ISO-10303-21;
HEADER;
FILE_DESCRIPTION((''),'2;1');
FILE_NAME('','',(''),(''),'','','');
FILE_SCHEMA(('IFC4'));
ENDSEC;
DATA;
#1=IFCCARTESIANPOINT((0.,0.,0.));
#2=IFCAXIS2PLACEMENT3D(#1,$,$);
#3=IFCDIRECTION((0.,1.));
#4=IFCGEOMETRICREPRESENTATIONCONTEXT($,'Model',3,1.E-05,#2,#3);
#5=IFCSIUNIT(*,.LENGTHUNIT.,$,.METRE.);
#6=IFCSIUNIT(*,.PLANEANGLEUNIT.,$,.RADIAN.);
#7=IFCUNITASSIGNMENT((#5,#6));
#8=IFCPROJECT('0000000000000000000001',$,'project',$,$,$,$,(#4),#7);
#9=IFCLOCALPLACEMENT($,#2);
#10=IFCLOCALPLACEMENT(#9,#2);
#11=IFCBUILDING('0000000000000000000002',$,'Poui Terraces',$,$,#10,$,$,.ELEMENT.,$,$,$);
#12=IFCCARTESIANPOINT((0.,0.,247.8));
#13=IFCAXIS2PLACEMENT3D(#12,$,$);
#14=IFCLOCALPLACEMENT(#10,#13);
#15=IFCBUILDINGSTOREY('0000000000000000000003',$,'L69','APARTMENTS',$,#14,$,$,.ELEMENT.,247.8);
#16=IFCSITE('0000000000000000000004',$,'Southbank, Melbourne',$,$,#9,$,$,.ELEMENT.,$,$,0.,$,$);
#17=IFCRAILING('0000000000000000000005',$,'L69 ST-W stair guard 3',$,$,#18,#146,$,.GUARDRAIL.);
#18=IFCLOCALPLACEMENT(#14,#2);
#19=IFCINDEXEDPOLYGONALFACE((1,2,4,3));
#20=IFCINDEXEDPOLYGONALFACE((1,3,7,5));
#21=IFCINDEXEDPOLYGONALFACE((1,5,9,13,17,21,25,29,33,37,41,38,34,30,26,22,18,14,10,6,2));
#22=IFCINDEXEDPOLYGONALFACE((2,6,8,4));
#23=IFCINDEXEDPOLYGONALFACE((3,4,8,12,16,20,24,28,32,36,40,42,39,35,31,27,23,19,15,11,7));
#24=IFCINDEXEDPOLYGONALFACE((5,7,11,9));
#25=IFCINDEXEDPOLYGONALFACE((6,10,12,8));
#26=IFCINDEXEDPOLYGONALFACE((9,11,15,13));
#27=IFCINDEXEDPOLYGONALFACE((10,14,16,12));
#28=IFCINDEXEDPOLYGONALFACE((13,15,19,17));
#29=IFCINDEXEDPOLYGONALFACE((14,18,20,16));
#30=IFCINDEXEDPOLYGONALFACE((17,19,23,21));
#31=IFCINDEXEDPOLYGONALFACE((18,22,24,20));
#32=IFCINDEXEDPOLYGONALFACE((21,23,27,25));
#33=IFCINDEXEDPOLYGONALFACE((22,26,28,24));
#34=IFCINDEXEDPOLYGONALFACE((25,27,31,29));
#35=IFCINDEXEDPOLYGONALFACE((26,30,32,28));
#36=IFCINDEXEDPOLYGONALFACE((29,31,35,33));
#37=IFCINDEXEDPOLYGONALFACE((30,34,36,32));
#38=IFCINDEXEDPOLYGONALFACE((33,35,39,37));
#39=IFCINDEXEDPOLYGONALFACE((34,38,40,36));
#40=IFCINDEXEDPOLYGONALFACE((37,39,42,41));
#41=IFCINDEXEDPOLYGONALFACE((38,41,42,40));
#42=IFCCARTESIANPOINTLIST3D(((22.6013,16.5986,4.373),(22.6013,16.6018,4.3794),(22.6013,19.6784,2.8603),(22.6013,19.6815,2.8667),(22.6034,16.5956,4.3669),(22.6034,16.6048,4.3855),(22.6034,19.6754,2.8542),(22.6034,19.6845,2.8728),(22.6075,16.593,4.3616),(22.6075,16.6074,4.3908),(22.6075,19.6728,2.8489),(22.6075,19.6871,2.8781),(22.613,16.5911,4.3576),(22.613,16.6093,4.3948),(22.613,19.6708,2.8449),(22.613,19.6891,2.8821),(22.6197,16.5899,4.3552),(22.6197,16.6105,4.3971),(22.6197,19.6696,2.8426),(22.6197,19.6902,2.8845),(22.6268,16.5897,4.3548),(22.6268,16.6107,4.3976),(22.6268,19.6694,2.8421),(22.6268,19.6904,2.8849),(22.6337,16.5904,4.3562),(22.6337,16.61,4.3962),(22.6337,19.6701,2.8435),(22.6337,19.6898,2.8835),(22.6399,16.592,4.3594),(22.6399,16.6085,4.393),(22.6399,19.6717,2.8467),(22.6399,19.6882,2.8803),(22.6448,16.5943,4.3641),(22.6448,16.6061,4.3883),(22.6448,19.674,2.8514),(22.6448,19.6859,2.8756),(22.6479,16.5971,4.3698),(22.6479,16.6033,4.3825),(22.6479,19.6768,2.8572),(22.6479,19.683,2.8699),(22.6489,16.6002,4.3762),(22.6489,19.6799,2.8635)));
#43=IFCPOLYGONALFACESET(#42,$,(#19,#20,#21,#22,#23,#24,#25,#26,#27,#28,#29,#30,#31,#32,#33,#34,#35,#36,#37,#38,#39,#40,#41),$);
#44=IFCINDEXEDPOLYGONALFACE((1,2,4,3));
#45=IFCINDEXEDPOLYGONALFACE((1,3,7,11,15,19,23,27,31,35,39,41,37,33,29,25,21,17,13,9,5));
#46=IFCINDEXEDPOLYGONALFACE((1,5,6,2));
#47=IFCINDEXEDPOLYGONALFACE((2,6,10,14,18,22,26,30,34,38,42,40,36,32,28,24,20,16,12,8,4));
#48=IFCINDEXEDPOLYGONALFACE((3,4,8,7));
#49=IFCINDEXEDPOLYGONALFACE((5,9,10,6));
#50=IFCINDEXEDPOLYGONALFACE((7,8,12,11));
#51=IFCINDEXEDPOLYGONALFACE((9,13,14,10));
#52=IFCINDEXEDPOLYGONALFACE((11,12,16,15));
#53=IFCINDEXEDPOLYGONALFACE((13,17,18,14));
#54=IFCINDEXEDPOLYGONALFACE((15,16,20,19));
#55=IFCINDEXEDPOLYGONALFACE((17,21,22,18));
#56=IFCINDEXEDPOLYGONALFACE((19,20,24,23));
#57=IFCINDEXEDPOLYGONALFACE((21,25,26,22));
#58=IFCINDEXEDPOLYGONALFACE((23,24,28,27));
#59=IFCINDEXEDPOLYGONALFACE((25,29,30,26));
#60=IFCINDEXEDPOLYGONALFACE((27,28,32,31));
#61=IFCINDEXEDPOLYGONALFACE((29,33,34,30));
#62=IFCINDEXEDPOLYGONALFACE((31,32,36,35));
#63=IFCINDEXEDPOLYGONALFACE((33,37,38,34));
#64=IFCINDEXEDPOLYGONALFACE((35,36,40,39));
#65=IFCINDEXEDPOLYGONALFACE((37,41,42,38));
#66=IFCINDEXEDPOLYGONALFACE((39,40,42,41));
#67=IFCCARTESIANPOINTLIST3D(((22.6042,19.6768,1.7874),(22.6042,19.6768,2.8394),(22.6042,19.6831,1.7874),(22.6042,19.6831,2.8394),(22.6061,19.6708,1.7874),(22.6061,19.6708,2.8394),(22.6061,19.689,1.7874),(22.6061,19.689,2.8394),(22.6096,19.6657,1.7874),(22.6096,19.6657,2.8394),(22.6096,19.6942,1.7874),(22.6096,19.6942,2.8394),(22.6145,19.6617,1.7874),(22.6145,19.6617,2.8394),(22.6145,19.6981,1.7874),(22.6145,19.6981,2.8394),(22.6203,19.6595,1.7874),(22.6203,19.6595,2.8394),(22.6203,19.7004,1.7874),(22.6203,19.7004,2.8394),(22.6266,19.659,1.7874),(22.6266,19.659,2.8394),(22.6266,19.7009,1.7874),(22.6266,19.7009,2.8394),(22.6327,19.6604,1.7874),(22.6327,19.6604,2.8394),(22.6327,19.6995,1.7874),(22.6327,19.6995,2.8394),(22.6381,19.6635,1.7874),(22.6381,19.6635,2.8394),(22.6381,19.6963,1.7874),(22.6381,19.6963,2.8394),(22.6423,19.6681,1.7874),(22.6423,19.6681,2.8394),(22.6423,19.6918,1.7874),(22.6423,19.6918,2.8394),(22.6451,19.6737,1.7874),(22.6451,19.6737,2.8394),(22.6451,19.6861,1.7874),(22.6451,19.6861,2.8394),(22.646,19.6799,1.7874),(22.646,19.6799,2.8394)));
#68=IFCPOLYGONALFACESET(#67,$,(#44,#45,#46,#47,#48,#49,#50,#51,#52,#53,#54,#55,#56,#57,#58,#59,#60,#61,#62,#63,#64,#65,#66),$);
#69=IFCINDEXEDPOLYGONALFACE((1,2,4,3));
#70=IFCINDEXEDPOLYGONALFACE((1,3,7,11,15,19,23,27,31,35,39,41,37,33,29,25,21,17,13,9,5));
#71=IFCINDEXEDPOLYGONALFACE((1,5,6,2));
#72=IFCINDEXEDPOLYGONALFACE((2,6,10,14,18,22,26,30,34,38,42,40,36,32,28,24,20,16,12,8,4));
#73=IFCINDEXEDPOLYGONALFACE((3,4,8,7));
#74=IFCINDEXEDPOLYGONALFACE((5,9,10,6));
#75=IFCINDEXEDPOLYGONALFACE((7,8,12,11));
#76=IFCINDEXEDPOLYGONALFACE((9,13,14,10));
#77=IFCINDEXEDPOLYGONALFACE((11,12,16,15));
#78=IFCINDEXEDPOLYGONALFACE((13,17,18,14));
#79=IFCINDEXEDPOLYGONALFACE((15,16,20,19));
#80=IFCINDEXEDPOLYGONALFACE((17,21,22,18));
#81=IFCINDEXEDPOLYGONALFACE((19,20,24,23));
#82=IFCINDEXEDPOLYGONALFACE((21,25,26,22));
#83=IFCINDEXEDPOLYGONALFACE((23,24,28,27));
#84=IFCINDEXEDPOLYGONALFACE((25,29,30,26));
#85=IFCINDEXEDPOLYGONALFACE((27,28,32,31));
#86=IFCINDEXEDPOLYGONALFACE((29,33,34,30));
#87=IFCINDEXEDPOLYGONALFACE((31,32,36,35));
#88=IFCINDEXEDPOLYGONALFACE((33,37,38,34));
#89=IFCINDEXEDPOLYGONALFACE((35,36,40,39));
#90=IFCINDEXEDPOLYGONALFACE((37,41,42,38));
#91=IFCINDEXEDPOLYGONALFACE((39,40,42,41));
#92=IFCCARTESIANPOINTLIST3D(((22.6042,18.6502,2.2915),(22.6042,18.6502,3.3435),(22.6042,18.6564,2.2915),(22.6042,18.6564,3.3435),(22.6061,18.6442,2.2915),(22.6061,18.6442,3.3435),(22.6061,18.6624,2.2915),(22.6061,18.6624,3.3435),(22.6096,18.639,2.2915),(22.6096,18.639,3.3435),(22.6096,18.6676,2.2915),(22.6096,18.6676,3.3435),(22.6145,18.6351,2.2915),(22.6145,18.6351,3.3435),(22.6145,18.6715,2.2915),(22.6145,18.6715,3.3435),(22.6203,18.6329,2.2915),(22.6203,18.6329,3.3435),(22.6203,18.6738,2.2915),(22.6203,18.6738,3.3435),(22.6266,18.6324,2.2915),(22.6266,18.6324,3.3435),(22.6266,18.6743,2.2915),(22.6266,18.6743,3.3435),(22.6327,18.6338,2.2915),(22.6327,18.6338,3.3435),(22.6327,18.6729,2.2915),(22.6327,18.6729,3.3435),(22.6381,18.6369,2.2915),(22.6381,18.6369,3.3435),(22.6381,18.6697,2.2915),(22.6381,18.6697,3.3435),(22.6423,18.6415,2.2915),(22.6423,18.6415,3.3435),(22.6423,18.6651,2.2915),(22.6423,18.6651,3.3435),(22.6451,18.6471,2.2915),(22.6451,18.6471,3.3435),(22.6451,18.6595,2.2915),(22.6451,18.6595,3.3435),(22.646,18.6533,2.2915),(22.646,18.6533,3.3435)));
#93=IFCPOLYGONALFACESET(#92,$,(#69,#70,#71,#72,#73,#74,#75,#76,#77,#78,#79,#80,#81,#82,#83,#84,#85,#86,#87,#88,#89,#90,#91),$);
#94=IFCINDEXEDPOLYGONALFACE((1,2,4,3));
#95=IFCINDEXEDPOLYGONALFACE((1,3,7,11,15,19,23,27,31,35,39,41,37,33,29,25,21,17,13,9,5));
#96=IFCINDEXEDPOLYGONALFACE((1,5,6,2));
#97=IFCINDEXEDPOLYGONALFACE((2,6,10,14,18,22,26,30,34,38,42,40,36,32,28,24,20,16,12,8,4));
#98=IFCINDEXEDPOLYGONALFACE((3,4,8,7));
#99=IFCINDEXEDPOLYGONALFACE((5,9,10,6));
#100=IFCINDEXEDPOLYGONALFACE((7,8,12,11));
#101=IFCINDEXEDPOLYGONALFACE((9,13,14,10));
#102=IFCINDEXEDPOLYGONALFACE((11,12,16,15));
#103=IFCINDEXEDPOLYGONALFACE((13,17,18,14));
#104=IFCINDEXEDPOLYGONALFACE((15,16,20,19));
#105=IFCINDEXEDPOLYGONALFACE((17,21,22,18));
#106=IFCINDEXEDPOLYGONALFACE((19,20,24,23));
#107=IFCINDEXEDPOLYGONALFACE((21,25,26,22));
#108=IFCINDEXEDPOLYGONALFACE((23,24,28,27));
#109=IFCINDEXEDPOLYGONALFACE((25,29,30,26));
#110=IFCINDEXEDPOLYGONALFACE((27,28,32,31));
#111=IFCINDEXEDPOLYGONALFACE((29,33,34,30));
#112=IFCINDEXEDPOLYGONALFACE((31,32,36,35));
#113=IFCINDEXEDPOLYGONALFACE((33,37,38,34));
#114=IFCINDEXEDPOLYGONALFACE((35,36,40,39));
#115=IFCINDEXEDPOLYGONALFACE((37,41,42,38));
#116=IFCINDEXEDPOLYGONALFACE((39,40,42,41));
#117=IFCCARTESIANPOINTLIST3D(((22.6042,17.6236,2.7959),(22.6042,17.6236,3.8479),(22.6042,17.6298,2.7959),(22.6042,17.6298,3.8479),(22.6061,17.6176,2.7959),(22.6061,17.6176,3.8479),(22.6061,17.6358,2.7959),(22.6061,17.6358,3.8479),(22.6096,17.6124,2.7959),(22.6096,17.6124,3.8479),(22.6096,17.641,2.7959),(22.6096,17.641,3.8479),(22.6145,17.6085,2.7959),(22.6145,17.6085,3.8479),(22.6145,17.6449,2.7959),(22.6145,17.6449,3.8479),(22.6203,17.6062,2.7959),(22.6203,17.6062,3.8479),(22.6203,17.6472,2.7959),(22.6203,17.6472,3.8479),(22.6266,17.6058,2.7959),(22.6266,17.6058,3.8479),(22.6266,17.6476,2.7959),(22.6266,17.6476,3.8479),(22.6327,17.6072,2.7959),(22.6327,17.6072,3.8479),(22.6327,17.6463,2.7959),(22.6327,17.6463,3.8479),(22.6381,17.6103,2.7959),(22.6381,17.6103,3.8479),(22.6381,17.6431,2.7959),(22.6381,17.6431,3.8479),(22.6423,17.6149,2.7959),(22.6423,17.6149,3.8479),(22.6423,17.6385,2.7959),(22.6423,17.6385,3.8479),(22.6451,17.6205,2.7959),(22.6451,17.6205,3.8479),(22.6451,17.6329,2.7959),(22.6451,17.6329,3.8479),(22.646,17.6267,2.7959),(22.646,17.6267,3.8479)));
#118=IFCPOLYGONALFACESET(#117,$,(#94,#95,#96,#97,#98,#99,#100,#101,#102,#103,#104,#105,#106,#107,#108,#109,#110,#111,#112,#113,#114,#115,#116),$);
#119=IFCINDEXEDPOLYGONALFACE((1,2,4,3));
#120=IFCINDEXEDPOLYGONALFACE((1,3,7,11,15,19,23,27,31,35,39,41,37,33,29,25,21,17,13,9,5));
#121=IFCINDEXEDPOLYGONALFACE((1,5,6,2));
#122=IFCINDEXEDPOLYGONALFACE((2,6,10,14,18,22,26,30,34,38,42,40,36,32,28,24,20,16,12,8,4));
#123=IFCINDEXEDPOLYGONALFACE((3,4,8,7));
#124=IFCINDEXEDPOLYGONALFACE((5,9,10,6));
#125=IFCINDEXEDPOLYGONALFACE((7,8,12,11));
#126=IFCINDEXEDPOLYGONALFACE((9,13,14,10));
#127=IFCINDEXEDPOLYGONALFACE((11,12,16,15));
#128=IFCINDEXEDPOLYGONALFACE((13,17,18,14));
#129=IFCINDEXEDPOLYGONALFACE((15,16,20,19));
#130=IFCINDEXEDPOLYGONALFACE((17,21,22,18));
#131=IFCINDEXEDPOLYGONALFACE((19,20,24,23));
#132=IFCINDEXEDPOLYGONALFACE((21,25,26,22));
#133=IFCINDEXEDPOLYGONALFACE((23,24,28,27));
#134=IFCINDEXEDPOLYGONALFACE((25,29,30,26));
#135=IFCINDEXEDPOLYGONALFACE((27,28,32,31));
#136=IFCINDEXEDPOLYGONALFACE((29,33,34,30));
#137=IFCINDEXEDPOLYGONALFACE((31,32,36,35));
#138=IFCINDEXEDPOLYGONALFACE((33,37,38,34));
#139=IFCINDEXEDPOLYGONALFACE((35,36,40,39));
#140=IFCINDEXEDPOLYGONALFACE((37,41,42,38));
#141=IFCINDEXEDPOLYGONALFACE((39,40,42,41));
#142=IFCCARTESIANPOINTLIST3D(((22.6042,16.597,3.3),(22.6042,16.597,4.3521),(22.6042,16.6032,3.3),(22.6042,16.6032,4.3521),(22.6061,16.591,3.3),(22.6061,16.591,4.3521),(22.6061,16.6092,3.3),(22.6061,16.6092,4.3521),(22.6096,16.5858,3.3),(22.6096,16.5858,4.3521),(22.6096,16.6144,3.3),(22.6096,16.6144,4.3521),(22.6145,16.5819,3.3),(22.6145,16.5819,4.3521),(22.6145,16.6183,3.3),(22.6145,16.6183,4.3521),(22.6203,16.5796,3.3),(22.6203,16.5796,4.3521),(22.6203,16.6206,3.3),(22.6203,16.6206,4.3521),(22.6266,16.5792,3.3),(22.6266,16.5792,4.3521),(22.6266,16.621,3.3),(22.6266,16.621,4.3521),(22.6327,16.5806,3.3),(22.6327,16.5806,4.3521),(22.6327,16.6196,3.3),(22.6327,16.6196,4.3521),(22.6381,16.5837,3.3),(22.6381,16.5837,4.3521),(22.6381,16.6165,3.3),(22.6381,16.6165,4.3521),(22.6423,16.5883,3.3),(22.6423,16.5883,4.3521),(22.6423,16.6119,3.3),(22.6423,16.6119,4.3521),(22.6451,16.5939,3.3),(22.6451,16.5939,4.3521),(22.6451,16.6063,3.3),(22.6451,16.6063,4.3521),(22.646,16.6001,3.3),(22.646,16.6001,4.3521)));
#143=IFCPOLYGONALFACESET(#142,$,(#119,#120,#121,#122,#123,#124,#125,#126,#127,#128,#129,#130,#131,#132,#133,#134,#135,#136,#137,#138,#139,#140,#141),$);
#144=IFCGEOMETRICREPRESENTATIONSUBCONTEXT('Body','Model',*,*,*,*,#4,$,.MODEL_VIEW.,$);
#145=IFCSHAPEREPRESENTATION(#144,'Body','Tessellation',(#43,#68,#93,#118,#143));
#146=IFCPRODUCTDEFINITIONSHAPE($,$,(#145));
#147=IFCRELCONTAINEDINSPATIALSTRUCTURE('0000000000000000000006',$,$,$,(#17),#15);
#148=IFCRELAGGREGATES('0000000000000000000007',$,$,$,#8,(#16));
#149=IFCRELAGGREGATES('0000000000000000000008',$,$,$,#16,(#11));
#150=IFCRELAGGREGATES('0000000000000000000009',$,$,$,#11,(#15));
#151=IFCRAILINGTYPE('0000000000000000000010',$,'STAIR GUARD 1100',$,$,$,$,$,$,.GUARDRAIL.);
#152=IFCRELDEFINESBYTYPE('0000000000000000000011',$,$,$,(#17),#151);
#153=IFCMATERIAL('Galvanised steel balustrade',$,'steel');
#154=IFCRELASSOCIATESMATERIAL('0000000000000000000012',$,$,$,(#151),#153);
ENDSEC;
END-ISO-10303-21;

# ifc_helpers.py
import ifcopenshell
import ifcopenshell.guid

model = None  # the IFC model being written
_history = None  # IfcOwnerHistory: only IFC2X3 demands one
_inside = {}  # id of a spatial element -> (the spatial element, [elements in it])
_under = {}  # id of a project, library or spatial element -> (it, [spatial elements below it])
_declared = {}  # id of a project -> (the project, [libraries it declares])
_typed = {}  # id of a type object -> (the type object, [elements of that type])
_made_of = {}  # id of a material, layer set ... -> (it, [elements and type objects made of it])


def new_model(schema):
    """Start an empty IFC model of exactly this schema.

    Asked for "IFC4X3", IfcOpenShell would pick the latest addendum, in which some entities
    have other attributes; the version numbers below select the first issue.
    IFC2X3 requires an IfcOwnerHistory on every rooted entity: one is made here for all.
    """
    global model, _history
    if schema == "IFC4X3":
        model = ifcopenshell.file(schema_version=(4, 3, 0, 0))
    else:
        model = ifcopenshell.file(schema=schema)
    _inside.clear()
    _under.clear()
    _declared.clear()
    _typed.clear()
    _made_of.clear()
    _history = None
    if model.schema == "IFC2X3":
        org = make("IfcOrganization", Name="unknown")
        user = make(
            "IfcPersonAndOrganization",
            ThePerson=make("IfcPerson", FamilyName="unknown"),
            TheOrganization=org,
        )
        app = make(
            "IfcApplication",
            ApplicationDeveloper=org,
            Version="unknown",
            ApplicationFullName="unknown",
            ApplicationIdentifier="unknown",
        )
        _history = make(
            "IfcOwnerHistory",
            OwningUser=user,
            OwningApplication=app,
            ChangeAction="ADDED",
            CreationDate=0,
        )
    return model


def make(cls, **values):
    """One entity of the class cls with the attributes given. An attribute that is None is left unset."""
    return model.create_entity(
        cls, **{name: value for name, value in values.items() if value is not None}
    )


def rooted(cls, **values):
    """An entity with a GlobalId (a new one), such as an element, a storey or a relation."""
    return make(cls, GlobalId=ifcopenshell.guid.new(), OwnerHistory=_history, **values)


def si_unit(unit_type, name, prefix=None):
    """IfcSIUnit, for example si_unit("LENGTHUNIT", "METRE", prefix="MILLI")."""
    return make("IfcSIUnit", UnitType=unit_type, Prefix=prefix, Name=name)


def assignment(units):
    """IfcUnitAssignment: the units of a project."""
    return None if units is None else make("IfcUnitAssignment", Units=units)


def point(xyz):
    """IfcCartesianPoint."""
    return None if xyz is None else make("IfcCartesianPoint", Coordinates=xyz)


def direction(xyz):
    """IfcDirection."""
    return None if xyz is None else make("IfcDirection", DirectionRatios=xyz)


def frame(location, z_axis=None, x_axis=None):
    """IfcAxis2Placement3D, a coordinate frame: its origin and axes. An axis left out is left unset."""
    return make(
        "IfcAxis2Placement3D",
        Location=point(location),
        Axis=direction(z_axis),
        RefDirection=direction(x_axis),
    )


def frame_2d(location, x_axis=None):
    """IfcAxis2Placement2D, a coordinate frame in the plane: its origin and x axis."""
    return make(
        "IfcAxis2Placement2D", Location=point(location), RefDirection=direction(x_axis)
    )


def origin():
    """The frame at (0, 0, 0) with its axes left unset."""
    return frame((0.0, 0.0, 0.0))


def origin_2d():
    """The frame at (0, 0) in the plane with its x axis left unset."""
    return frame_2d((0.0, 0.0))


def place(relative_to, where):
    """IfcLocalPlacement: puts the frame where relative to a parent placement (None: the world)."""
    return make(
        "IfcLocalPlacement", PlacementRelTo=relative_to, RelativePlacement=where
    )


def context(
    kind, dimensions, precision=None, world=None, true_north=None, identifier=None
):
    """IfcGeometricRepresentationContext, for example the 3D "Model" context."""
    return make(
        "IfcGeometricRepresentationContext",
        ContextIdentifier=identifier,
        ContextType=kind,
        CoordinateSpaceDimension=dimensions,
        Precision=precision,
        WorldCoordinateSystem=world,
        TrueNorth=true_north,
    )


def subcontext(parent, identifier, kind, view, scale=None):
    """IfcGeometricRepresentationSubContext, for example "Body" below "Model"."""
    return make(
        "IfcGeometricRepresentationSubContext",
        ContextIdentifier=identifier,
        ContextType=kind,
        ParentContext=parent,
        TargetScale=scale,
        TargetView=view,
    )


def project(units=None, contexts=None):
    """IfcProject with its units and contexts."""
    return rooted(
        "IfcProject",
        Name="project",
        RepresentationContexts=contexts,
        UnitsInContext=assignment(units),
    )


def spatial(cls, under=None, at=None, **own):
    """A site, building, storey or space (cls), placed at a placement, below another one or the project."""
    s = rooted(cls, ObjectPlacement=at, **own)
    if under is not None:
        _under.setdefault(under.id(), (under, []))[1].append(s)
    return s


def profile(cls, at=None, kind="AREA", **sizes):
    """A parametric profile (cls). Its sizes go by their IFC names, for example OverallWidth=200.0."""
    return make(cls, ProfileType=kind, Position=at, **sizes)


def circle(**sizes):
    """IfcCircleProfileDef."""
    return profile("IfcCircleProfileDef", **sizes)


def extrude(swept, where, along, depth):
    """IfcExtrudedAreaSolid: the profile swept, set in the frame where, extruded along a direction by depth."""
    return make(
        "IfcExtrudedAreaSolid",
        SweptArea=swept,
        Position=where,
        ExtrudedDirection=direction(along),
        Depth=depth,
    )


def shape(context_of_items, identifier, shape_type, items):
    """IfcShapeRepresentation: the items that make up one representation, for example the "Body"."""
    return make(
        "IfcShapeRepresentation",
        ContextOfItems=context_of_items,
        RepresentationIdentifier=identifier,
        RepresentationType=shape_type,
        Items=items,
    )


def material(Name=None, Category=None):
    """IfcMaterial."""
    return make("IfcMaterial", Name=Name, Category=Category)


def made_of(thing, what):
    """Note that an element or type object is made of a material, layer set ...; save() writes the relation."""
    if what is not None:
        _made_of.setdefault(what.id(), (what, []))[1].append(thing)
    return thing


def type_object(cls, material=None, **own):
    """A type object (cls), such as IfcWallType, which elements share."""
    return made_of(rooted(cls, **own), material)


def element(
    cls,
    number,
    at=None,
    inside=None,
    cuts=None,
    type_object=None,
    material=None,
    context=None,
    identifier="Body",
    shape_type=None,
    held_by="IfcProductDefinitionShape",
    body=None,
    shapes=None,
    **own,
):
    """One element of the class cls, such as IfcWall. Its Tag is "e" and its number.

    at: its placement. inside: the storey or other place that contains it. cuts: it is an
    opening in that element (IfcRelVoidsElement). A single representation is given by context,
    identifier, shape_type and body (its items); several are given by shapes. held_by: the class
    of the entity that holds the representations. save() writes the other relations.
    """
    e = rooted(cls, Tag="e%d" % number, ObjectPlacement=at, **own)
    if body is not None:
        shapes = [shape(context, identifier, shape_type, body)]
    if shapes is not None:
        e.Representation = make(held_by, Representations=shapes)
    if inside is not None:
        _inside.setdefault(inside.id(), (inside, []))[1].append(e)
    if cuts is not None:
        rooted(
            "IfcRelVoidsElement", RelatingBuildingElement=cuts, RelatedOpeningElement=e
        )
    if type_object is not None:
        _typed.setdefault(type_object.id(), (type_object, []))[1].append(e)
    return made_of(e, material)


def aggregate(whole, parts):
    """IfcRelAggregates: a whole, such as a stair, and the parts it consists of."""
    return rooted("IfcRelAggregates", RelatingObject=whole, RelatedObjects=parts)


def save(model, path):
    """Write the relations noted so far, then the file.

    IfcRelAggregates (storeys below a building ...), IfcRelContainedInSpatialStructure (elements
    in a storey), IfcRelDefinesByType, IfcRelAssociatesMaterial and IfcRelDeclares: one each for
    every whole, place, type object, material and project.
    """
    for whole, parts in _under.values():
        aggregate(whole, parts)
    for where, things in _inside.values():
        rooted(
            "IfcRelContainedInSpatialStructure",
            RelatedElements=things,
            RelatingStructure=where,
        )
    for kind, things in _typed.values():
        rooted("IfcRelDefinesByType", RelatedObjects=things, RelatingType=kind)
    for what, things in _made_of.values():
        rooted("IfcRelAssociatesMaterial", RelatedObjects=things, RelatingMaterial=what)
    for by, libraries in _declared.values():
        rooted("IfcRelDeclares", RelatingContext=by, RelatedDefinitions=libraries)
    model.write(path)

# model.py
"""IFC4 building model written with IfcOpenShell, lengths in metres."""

from ifc_helpers import new_model, si_unit, direction, frame, origin, origin_2d, place, context, subcontext, project, spatial, circle, extrude, material, type_object, element, save


model = new_model("IFC4")

# Units and contexts
model_context = context("Model", 3, precision=1e-05, world=origin(), true_north=direction((0.0, 1.0)))
body_context = subcontext(model_context, "Body", "Model", "MODEL_VIEW")
ifc_project = project(units=[si_unit("LENGTHUNIT", "METRE"), si_unit("PLANEANGLEUNIT", "RADIAN")], contexts=[model_context])

# Site, building, storey
site_placement = place(None, origin())
site = spatial("IfcSite", under=ifc_project, at=site_placement, Name="Southbank, Melbourne", CompositionType="ELEMENT", RefElevation=0.0)
building_placement = place(site_placement, origin())
building = spatial("IfcBuilding", under=site, at=building_placement, Name="Poui Terraces", CompositionType="ELEMENT")
storey_placement = place(building_placement, frame((0.0, 0.0, 247.8)))
storey = spatial("IfcBuildingStorey", under=building, at=storey_placement, Name="L69", Description="APARTMENTS", CompositionType="ELEMENT", Elevation=247.8)

# Railing
ifc_material_1 = material(Name="Galvanised steel balustrade", Category="steel")
railing_type_1 = type_object("IfcRailingType", Name="STAIR GUARD 1100", PredefinedType="GUARDRAIL", material=ifc_material_1)
railing_1_placement = place(storey_placement, frame((22.625, 19.6799, 1.7874)))
element("IfcRailing", 1, at=railing_1_placement, inside=storey, type_object=railing_type_1, Name="L69 ST-W stair guard 3", PredefinedType="GUARDRAIL", context=body_context, shape_type="SweptSolid", body=[
    extrude(circle(Radius=0.0239, at=origin_2d()), frame((0.0, 0.0, 1.0762), z_axis=(0.0, -0.897578, 0.440856), x_axis=(1.0, 0.0, 0.0)), (0.0, 0.0, 1.0), 3.4312),
    extrude(circle(Radius=0.021, at=origin_2d()), origin(), (0.0, 0.0, 1.0), 1.052),
    extrude(circle(Radius=0.021, at=origin_2d()), frame((0.0, -1.0266, 0.5042)), (0.0, 0.0, 1.0), 1.052),
    extrude(circle(Radius=0.021, at=origin_2d()), frame((0.0, -2.0532, 1.0085)), (0.0, 0.0, 1.0), 1.052),
    extrude(circle(Radius=0.021, at=origin_2d()), frame((0.0, -3.0798, 1.5127)), (0.0, 0.0, 1.0), 1.052),
])

save(model, "model.ifc")
